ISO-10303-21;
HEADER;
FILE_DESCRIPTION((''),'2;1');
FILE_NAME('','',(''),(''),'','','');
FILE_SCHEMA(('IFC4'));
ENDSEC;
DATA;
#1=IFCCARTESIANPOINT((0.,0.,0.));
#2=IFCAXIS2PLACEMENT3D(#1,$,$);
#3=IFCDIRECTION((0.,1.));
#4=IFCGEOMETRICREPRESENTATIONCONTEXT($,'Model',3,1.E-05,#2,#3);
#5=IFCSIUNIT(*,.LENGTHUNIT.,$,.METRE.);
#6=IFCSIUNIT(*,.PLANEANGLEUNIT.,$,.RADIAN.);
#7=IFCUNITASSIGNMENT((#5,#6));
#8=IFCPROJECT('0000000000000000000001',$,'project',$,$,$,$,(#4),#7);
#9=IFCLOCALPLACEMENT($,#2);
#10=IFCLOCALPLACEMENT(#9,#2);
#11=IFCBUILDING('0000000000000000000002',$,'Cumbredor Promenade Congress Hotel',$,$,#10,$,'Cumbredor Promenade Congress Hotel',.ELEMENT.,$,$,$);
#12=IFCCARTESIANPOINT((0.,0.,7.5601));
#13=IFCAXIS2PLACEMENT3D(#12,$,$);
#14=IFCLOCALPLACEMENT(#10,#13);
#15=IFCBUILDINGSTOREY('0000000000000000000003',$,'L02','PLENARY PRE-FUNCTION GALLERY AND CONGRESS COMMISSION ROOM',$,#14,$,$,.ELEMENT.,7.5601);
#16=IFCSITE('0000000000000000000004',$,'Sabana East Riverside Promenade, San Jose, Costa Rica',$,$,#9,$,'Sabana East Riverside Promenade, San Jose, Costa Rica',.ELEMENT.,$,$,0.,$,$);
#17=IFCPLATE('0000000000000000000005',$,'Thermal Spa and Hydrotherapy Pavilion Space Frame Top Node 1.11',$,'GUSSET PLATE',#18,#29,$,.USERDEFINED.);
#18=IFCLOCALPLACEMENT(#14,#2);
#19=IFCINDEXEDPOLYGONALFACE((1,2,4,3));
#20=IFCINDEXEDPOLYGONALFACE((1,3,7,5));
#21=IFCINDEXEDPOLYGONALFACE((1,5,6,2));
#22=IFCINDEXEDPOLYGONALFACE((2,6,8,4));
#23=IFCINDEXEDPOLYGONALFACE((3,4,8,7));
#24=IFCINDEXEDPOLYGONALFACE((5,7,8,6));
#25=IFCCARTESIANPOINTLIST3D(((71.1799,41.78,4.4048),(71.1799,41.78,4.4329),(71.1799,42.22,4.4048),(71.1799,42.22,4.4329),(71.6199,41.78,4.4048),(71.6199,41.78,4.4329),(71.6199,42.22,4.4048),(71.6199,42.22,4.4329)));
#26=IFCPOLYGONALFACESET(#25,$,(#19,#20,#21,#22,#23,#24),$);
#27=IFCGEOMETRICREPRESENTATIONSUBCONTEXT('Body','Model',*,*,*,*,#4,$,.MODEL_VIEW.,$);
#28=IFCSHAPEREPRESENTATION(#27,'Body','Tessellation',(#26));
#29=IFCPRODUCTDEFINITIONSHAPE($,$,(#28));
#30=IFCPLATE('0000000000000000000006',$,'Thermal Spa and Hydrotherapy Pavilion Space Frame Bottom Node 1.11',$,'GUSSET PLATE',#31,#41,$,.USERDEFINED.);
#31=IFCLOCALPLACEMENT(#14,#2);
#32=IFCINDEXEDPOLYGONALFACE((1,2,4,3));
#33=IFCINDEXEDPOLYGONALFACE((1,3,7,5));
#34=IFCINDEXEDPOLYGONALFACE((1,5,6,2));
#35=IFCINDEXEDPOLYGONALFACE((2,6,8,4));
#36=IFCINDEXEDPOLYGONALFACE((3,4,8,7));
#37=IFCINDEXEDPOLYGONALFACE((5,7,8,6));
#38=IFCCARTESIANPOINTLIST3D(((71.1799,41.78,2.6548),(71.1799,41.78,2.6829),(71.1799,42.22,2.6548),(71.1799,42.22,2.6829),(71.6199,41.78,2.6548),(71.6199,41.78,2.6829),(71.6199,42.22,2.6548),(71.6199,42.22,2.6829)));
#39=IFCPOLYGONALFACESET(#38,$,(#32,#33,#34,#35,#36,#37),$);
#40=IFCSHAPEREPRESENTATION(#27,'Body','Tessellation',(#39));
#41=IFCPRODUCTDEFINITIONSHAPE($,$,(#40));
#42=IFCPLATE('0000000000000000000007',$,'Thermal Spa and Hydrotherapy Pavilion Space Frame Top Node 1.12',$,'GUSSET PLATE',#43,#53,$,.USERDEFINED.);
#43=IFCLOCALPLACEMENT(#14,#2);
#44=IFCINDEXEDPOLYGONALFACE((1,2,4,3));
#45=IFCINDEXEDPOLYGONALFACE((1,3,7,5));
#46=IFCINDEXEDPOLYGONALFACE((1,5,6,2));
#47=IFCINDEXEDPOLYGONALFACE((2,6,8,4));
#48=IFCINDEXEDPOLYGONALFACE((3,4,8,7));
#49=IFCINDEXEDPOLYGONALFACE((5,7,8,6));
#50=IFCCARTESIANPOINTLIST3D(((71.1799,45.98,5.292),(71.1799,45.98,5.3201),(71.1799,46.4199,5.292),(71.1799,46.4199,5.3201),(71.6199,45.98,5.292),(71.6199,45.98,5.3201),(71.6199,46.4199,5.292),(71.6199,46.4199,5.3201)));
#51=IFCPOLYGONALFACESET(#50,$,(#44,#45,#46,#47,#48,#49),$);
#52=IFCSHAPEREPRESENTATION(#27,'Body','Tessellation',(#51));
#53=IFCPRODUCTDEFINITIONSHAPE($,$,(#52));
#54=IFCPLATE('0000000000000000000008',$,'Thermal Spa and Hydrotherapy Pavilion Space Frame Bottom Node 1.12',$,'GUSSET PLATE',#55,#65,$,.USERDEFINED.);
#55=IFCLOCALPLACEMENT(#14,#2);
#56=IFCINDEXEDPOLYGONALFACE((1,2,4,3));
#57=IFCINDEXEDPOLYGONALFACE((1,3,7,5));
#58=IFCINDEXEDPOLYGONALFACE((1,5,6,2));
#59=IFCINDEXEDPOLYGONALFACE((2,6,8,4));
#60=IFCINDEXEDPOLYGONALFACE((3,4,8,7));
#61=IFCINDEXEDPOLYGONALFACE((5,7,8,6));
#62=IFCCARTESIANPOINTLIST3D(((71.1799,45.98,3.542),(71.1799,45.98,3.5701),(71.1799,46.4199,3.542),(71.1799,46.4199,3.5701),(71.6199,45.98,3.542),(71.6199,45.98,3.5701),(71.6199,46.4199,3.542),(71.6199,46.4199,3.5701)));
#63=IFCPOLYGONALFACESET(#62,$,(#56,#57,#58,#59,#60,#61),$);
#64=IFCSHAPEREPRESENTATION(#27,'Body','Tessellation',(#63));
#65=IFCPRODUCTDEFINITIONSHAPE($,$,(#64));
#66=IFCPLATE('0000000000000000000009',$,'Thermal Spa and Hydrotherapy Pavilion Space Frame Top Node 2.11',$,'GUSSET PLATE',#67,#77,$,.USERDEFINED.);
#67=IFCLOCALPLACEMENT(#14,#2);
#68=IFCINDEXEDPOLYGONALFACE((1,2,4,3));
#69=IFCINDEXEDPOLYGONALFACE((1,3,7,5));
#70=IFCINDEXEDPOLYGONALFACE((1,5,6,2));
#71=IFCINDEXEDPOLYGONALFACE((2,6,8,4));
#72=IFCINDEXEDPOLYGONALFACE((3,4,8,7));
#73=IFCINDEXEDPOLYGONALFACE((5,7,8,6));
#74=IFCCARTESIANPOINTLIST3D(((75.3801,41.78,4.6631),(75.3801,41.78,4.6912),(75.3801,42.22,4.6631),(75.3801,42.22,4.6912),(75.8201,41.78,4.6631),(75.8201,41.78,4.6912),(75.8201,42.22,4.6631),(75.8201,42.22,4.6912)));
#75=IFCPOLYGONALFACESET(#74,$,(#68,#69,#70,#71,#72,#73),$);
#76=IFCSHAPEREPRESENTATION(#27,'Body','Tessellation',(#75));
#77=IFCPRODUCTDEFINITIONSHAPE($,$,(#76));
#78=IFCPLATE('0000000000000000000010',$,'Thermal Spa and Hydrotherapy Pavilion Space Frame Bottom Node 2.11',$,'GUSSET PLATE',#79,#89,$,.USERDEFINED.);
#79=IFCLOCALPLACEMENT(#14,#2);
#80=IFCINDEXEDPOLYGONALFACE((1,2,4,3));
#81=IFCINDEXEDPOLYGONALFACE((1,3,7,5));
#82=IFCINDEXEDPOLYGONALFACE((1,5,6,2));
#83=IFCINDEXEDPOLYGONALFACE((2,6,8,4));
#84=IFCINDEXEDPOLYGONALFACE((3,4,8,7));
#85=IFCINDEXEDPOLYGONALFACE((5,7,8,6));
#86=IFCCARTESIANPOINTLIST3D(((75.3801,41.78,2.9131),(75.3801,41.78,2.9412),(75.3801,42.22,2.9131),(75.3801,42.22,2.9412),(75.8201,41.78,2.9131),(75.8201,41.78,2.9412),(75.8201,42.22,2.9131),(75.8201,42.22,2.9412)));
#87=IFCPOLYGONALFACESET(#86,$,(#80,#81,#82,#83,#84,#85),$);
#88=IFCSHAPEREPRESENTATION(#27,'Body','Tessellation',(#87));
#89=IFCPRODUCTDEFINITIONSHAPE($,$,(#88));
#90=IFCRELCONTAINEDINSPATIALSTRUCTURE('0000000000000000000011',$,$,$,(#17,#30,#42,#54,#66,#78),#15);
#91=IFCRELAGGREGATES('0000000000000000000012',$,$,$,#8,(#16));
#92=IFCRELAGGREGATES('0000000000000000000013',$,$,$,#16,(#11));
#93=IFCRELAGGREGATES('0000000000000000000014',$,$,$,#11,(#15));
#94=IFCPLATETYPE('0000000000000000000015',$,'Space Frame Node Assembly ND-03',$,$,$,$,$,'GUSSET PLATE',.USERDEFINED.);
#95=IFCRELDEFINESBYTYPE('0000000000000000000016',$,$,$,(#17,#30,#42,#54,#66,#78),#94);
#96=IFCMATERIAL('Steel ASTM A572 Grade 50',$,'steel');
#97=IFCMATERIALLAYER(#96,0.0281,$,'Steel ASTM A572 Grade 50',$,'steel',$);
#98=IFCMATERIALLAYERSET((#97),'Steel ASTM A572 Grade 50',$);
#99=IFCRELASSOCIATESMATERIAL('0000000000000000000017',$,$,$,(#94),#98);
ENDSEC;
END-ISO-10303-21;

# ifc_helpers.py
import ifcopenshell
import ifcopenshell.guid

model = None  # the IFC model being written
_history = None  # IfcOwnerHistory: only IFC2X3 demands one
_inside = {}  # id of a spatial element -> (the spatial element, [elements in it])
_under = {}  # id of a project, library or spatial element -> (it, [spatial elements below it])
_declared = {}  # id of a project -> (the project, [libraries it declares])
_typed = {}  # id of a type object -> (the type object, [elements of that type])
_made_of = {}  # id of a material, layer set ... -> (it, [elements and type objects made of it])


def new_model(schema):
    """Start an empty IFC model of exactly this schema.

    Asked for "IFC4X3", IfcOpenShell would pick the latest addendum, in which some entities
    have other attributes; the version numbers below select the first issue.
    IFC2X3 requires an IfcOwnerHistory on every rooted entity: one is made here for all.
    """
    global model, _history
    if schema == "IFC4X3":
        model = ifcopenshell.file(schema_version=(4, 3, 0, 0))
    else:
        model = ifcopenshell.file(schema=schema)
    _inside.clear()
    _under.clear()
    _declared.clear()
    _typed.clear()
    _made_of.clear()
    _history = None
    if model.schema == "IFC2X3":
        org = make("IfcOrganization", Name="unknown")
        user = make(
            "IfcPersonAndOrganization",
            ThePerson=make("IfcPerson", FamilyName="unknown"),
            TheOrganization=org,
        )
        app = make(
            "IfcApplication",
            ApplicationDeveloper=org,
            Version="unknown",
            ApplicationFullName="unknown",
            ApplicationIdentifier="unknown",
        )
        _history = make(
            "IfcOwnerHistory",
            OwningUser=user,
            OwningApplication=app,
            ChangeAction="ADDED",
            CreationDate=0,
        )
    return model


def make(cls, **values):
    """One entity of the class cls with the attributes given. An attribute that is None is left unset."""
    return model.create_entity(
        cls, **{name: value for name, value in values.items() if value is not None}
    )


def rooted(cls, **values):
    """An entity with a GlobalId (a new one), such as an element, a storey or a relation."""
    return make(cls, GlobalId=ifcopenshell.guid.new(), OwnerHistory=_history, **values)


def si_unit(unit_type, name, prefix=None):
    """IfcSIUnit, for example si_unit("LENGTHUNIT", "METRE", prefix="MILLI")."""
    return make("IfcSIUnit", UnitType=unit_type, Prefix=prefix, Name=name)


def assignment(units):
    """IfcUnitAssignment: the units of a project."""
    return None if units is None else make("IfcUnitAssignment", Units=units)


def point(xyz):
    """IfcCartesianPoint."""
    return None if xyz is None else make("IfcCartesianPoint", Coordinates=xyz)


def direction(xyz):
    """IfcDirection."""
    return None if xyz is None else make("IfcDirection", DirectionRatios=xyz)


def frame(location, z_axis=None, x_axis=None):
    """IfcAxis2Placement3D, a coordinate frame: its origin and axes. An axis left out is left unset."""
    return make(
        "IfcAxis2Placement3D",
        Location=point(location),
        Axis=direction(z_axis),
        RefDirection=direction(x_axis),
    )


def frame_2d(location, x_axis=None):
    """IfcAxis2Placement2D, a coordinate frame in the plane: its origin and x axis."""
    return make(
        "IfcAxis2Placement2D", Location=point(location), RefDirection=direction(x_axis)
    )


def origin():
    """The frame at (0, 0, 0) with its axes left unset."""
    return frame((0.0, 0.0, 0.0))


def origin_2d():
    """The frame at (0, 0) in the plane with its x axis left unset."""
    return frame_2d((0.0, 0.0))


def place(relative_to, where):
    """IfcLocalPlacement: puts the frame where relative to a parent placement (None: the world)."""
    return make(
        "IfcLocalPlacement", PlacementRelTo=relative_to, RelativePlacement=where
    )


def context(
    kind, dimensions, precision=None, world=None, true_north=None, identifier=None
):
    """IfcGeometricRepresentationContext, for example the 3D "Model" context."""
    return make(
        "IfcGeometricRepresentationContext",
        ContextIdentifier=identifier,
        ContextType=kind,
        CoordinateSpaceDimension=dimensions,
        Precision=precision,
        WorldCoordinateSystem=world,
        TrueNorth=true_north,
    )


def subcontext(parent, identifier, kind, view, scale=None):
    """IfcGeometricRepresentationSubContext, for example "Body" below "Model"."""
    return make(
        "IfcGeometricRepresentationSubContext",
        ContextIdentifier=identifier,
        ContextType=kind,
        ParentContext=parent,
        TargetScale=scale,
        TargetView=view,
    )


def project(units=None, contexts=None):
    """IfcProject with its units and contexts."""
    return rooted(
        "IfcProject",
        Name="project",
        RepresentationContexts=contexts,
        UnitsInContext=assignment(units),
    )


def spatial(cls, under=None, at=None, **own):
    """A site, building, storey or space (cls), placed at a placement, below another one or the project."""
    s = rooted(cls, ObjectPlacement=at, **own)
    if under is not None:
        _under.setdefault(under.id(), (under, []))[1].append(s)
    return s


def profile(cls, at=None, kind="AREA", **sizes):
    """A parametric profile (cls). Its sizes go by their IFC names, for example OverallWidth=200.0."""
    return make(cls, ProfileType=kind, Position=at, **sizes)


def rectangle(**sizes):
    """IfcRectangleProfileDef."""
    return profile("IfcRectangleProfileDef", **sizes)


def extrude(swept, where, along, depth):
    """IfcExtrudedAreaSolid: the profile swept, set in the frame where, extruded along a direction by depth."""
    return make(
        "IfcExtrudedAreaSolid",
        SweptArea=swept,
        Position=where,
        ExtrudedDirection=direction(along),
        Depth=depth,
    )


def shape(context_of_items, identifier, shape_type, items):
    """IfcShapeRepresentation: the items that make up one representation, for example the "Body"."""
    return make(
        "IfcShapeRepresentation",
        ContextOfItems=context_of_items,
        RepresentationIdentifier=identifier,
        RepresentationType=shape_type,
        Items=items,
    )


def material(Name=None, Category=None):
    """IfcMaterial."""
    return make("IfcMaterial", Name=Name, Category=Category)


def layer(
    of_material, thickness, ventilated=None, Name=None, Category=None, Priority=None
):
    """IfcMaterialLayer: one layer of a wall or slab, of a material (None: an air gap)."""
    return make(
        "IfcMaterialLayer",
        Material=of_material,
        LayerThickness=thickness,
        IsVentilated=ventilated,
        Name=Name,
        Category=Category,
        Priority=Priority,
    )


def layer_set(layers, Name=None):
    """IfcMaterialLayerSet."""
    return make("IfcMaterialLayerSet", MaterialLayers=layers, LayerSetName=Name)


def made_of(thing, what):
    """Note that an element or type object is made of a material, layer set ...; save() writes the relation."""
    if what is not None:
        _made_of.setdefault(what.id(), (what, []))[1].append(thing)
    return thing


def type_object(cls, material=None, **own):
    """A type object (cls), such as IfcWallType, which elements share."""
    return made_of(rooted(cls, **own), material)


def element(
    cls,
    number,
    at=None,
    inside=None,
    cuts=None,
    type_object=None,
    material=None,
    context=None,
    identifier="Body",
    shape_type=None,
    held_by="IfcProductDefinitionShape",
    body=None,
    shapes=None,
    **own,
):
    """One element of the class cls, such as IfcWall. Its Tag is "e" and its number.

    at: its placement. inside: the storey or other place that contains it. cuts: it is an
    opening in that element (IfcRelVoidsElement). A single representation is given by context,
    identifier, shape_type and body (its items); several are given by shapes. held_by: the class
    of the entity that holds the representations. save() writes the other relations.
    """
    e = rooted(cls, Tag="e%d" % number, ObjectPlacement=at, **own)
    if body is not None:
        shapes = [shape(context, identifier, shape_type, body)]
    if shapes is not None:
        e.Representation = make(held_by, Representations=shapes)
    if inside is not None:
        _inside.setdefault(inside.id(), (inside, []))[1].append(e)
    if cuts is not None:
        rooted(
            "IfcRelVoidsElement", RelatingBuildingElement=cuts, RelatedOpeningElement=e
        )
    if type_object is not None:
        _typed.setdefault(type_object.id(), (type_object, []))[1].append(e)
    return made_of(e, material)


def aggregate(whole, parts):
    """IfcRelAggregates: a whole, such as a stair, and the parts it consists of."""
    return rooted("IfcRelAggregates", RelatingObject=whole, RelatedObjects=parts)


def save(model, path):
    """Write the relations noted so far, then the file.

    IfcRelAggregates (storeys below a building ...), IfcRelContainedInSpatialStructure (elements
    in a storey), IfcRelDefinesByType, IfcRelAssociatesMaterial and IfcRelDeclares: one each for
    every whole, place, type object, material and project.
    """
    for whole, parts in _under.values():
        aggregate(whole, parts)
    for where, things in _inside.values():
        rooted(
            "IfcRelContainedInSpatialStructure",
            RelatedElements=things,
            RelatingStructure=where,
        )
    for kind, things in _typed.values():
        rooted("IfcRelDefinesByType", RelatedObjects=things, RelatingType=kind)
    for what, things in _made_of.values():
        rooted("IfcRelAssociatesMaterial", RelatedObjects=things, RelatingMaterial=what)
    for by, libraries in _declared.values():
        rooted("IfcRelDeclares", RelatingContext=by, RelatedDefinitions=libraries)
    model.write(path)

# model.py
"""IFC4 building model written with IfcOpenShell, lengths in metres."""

from ifc_helpers import new_model, si_unit, direction, frame, origin, origin_2d, place, context, subcontext, project, spatial, rectangle, extrude, material, layer, layer_set, type_object, element, save


model = new_model("IFC4")

# Units and contexts
model_context = context("Model", 3, precision=1e-05, world=origin(), true_north=direction((0.0, 1.0)))
body_context = subcontext(model_context, "Body", "Model", "MODEL_VIEW")
ifc_project = project(units=[si_unit("LENGTHUNIT", "METRE"), si_unit("PLANEANGLEUNIT", "RADIAN")], contexts=[model_context])

# Site, building, storey
site_placement = place(None, origin())
site = spatial("IfcSite", under=ifc_project, at=site_placement, Name="Sabana East Riverside Promenade, San Jose, Costa Rica", LongName="Sabana East Riverside Promenade, San Jose, Costa Rica", CompositionType="ELEMENT", RefElevation=0.0)
building_placement = place(site_placement, origin())
building = spatial("IfcBuilding", under=site, at=building_placement, Name="Cumbredor Promenade Congress Hotel", LongName="Cumbredor Promenade Congress Hotel", CompositionType="ELEMENT")
storey_placement = place(building_placement, frame((0.0, 0.0, 7.5601)))
storey = spatial("IfcBuildingStorey", under=building, at=storey_placement, Name="L02", Description="PLENARY PRE-FUNCTION GALLERY AND CONGRESS COMMISSION ROOM", CompositionType="ELEMENT", Elevation=7.5601)

# Plates
ifc_material_1 = material(Name="Steel ASTM A572 Grade 50", Category="steel")
ifc_layer_1 = layer(ifc_material_1, 0.0281, Name="Steel ASTM A572 Grade 50", Category="steel")
ifc_layer_set_1 = layer_set([ifc_layer_1], Name="Steel ASTM A572 Grade 50")
plate_type_1 = type_object("IfcPlateType", Name="Space Frame Node Assembly ND-03", ElementType="GUSSET PLATE", PredefinedType="USERDEFINED", material=ifc_layer_set_1)
for number, where, z_axis, x_axis, name in (
    (1, (71.3999, 42.0, 4.4048), (0.0, 0.0, 1.0), (1.0, 0.0, 0.0), "Thermal Spa and Hydrotherapy Pavilion Space Frame Top Node 1.11"),
    (2, (71.3999, 42.0, 2.6548), (0.0, 0.0, 1.0), (1.0, 0.0, 0.0), "Thermal Spa and Hydrotherapy Pavilion Space Frame Bottom Node 1.11"),
    (3, (71.3999, 46.2, 5.292), (0.0, 0.0, 1.0), (1.0, 0.0, 0.0), "Thermal Spa and Hydrotherapy Pavilion Space Frame Top Node 1.12"),
    (4, (71.3999, 46.2, 3.542), (0.0, 0.0, 1.0), (1.0, 0.0, 0.0), "Thermal Spa and Hydrotherapy Pavilion Space Frame Bottom Node 1.12"),
    (5, (75.6001, 42.0, 4.6631), (0.0, 0.0, 1.0), (1.0, 0.0, 0.0), "Thermal Spa and Hydrotherapy Pavilion Space Frame Top Node 2.11"),
    (6, (75.6001, 42.0, 2.9131), (0.0, 0.0, 1.0), (1.0, 0.0, 0.0), "Thermal Spa and Hydrotherapy Pavilion Space Frame Bottom Node 2.11"),
):
    element("IfcPlate", number, at=place(storey_placement, frame(where, z_axis=z_axis, x_axis=x_axis)), inside=storey, type_object=plate_type_1, Name=name, ObjectType="GUSSET PLATE", PredefinedType="USERDEFINED", context=body_context, shape_type="SweptSolid", body=[
        extrude(rectangle(XDim=0.4399, YDim=0.4399, at=origin_2d()), origin(), (0.0, 0.0, 1.0), 0.0281),
    ])

save(model, "model.ifc")
